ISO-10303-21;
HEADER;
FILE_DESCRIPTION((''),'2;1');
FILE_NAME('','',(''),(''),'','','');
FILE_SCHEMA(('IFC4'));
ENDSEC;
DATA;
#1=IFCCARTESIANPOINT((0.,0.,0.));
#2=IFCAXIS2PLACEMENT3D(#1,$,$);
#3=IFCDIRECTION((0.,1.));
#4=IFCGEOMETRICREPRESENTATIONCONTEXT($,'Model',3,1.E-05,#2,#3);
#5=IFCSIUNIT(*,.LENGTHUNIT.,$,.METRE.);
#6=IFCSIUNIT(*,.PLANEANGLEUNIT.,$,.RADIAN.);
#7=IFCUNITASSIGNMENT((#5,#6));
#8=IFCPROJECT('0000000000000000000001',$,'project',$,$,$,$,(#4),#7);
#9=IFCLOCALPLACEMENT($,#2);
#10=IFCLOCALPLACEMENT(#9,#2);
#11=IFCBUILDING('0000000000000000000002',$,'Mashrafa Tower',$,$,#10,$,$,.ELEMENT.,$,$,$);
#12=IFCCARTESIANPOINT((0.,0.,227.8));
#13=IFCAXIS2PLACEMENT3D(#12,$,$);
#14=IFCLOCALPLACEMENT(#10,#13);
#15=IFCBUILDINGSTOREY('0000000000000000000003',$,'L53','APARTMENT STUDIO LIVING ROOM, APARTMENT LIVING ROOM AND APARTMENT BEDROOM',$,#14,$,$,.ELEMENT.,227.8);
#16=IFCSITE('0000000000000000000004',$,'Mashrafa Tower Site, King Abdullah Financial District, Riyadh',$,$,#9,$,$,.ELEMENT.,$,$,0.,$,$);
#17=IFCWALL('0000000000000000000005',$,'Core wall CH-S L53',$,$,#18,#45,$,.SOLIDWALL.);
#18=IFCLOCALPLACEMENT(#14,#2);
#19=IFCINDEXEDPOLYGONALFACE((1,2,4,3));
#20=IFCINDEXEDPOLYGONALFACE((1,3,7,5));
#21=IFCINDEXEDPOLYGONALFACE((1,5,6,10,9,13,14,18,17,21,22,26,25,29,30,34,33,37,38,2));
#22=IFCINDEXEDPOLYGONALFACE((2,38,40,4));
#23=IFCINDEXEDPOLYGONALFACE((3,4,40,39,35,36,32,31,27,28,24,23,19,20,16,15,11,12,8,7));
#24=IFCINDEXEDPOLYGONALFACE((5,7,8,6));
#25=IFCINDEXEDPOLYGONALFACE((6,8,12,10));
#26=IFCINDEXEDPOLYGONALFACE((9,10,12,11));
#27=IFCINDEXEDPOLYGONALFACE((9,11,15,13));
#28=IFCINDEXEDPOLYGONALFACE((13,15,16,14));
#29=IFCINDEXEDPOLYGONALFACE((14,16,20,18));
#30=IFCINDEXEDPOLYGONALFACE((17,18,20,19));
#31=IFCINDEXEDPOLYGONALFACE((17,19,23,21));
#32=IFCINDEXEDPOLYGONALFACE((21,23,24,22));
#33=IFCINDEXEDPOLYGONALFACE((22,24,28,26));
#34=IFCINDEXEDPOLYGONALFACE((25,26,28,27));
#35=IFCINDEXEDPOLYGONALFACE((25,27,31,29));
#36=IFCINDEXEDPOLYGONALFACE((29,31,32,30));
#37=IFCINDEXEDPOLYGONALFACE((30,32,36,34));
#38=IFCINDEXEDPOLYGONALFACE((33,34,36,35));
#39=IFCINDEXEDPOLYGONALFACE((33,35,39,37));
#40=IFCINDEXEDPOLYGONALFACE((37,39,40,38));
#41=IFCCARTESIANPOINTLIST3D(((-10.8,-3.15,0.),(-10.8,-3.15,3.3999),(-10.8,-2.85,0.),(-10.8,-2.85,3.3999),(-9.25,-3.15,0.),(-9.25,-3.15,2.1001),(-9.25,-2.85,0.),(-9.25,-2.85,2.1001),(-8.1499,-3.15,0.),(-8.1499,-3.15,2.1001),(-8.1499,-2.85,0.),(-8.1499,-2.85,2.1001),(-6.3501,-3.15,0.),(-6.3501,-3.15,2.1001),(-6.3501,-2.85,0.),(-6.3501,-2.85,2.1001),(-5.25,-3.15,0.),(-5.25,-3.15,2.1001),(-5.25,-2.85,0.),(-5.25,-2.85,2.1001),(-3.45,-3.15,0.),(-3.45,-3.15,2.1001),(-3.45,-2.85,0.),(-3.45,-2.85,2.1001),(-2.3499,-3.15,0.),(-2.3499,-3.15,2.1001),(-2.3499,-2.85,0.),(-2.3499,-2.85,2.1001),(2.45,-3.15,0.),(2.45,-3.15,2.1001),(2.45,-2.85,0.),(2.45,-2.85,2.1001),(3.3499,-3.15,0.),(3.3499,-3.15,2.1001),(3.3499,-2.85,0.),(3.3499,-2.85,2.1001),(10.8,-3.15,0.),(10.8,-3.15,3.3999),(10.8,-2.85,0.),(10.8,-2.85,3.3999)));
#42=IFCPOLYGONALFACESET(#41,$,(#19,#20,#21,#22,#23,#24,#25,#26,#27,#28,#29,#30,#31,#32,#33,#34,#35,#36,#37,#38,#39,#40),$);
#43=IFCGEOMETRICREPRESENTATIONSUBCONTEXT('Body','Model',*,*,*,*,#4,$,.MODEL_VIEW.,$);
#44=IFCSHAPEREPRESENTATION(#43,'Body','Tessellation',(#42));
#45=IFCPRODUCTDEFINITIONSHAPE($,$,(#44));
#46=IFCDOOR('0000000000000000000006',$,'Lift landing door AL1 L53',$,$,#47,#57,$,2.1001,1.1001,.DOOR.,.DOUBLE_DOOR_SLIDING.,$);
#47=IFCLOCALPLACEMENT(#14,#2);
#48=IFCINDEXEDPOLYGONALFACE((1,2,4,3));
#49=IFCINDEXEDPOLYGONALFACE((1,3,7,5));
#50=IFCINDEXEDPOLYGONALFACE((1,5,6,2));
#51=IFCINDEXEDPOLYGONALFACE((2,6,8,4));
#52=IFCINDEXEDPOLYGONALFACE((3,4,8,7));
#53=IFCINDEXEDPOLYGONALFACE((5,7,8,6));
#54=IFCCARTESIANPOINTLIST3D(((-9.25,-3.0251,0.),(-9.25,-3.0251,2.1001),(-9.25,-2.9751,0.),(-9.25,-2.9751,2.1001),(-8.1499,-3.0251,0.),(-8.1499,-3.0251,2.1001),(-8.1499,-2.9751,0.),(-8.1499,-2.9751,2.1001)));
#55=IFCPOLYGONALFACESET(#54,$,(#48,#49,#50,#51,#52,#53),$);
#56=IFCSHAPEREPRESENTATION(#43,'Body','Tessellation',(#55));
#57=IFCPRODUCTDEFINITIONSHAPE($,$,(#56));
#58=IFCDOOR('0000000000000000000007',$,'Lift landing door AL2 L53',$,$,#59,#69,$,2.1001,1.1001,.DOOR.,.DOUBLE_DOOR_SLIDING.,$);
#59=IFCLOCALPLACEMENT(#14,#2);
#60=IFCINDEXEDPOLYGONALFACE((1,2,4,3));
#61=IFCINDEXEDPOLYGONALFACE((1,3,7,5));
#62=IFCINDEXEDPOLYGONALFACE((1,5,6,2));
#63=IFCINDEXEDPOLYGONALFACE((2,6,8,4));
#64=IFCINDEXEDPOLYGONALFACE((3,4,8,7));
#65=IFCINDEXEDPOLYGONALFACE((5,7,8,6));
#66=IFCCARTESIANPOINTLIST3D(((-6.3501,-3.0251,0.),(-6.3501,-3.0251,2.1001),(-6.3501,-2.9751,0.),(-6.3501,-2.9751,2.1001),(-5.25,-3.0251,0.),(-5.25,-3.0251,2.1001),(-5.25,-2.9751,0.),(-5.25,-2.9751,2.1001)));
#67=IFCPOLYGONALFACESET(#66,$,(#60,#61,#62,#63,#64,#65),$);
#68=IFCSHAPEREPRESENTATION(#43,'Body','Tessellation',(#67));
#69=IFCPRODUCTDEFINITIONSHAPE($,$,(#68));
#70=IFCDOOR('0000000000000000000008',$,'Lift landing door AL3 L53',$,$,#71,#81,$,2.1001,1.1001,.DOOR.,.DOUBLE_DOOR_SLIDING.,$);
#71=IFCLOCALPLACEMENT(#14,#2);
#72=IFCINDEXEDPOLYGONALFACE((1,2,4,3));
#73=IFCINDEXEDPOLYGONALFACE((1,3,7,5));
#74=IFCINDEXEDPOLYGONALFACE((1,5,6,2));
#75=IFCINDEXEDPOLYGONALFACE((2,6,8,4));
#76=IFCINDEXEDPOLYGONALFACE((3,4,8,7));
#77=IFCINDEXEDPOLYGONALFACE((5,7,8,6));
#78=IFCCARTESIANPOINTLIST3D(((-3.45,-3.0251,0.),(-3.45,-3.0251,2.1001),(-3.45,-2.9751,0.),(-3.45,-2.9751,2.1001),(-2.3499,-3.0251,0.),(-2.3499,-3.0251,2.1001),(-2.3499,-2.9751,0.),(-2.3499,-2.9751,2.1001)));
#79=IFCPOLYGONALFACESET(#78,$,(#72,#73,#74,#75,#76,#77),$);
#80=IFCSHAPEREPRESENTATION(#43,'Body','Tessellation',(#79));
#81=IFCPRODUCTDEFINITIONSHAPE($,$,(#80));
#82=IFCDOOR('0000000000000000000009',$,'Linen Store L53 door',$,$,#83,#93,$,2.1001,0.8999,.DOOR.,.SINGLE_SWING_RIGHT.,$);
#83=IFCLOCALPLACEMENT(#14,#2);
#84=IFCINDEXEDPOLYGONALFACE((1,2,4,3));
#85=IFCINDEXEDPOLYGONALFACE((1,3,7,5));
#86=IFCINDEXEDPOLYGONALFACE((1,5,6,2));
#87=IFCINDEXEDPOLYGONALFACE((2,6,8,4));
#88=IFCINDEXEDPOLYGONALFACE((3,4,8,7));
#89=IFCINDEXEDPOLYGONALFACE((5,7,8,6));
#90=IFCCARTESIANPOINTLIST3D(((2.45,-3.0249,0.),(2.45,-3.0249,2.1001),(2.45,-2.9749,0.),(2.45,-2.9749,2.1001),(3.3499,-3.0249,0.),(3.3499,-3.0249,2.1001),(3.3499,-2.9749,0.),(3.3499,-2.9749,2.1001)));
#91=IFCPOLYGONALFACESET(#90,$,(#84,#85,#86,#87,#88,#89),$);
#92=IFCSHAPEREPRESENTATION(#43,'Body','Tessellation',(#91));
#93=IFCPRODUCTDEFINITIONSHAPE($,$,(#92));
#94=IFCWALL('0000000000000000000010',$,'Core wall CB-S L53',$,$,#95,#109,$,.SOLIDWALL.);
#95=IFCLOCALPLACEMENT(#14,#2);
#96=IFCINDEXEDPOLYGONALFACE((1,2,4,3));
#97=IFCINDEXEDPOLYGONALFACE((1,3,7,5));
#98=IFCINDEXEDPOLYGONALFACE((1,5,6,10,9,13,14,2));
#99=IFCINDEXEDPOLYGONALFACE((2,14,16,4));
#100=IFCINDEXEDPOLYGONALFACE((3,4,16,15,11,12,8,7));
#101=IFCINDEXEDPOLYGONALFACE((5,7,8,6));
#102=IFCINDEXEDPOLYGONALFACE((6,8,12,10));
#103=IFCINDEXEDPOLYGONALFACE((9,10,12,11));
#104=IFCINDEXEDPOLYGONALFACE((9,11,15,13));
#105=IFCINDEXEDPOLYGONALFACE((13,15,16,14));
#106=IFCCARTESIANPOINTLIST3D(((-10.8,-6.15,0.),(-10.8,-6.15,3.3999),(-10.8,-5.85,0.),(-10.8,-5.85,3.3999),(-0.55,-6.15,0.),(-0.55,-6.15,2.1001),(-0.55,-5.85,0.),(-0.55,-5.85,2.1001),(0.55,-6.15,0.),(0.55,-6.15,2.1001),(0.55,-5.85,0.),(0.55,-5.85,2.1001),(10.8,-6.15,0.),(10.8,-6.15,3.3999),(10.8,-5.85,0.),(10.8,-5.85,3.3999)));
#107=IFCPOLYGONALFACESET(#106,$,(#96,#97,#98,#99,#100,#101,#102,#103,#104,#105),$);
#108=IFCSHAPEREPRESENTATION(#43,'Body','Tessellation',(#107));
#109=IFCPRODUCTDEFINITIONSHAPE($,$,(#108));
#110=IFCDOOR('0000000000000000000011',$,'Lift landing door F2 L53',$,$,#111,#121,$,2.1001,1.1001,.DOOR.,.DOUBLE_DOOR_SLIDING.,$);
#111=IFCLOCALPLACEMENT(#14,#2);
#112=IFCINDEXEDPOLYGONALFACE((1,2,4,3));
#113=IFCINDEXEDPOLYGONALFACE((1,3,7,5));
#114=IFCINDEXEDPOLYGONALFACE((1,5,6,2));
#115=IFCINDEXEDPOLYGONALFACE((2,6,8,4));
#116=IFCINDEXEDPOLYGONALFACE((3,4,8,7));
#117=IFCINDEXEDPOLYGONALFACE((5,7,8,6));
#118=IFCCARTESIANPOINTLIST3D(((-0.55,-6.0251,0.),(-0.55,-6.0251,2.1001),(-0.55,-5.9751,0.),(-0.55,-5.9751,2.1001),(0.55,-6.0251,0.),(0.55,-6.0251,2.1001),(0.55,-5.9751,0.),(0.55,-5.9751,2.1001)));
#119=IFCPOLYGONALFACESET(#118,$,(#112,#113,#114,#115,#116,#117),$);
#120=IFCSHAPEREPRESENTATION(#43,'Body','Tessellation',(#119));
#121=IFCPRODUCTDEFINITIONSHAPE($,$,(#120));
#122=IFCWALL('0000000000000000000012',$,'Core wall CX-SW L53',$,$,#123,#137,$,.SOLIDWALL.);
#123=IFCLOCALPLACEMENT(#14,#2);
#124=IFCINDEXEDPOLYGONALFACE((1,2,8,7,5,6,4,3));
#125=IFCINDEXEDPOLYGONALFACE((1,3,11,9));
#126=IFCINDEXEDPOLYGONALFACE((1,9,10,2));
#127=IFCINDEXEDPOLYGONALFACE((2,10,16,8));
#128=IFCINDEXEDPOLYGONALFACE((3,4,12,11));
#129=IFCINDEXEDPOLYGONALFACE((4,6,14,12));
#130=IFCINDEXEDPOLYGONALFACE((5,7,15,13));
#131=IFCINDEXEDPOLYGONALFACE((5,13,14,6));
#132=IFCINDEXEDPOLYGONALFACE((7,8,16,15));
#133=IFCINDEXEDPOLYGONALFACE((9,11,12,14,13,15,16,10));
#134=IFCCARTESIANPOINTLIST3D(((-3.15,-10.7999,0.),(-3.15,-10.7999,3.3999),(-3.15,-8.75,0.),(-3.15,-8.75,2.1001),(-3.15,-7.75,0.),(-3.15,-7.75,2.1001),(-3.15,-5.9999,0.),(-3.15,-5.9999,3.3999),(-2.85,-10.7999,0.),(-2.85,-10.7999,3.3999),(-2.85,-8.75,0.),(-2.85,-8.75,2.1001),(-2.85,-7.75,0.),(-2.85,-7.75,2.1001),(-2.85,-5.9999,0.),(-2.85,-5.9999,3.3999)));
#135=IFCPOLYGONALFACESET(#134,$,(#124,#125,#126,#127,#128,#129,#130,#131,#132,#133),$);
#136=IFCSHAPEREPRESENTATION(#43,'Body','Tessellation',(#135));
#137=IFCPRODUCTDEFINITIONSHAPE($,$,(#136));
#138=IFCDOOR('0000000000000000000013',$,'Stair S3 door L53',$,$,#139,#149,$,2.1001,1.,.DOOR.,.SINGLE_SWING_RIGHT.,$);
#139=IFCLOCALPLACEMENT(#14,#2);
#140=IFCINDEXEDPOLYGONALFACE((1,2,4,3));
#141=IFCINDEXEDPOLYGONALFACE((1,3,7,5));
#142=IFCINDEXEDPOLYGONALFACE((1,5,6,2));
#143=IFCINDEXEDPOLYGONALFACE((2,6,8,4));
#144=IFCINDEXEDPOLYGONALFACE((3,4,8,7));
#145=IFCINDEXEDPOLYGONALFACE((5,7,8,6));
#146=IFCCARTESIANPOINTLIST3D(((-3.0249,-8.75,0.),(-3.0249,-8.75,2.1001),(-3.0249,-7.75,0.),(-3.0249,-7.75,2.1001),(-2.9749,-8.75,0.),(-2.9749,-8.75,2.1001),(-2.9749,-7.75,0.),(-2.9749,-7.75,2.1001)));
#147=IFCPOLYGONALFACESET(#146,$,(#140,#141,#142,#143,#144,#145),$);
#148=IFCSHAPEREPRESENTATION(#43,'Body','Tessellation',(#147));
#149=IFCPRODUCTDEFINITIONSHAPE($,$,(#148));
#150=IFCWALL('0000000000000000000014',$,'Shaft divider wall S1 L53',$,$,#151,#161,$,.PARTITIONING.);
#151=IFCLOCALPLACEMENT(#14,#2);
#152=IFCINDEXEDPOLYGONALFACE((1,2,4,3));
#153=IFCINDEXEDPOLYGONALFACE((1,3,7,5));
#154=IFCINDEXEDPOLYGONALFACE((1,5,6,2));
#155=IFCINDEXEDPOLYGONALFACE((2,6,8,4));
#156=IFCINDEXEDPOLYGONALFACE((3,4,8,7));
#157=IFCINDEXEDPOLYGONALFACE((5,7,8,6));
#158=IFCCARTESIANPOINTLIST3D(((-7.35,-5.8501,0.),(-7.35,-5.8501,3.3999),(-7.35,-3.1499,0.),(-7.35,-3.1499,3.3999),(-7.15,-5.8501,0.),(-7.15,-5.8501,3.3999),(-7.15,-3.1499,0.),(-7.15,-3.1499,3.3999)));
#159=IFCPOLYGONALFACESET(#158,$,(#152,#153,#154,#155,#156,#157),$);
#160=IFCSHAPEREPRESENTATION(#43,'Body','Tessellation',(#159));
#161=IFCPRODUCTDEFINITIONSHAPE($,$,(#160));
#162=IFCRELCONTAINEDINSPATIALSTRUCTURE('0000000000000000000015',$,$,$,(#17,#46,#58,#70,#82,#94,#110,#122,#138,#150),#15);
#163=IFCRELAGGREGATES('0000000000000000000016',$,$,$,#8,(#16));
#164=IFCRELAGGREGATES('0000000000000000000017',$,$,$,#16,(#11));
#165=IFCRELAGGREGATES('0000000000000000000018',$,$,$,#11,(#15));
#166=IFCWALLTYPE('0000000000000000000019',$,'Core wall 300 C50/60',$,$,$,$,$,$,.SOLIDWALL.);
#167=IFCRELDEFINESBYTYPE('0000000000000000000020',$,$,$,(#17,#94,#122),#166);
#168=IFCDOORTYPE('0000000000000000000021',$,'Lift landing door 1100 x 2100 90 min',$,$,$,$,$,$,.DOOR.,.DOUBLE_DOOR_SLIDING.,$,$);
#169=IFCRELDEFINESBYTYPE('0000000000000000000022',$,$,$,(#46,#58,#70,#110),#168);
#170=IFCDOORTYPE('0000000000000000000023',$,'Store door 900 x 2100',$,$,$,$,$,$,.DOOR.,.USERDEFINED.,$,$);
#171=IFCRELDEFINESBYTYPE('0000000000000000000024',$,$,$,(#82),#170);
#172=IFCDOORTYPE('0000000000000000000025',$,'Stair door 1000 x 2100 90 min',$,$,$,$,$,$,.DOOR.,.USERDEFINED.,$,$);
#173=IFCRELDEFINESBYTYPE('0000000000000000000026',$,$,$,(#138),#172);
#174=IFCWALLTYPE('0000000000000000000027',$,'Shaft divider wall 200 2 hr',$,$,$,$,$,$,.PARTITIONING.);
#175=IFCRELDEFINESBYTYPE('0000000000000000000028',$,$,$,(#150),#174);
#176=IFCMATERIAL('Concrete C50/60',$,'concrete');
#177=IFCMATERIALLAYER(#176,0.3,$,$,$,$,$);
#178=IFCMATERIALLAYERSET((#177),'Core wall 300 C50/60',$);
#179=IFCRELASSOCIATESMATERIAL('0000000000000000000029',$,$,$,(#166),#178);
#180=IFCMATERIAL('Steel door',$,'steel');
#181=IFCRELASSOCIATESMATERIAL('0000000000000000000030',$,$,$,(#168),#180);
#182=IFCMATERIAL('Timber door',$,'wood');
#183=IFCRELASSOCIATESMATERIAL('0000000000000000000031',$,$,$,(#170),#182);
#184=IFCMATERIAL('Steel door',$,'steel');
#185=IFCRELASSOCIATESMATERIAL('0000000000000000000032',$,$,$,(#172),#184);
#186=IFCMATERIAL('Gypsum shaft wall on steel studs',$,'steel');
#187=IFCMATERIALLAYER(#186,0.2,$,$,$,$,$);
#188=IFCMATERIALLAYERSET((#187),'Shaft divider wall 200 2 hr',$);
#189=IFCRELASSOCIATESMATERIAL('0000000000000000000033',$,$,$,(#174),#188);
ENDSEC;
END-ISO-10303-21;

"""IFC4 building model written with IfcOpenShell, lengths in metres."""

from ifc_helpers import new_model, si_unit, direction, frame, frame_2d, origin, place, context, subcontext, project, spatial, rectangle, extrude, material, layer, layer_set, type_object, element, fill, save


model = new_model("IFC4")

# Units and contexts
model_context = context("Model", 3, precision=1e-05, world=origin(), true_north=direction((0.0, 1.0)))
body_context = subcontext(model_context, "Body", "Model", "MODEL_VIEW")
ifc_project = project(units=[si_unit("LENGTHUNIT", "METRE"), si_unit("PLANEANGLEUNIT", "RADIAN")], contexts=[model_context])

# Site, building, storey
site_placement = place(None, origin())
site = spatial("IfcSite", under=ifc_project, at=site_placement, Name="Mashrafa Tower Site, King Abdullah Financial District, Riyadh", CompositionType="ELEMENT", RefElevation=0.0)
building_placement = place(site_placement, origin())
building = spatial("IfcBuilding", under=site, at=building_placement, Name="Mashrafa Tower", CompositionType="ELEMENT")
storey_placement = place(building_placement, frame((0.0, 0.0, 227.8)))
storey = spatial("IfcBuildingStorey", under=building, at=storey_placement, Name="L53", Description="APARTMENT STUDIO LIVING ROOM, APARTMENT LIVING ROOM AND APARTMENT BEDROOM", CompositionType="ELEMENT", Elevation=227.8)

# Wall, openings, doors
ifc_material_1 = material(Name="Concrete C50/60", Category="concrete")
ifc_layer_1 = layer(ifc_material_1, 0.3)
ifc_layer_set_1 = layer_set([ifc_layer_1], Name="Core wall 300 C50/60")
wall_type_1 = type_object("IfcWallType", Name="Core wall 300 C50/60", PredefinedType="SOLIDWALL", material=ifc_layer_set_1)
wall_1_placement = place(storey_placement, frame((-10.8, -3.0, 0.0), z_axis=(0.0, 0.0, 1.0), x_axis=(1.0, 0.0, 0.0)))
wall_1 = element("IfcWall", 1, at=wall_1_placement, inside=storey, type_object=wall_type_1, Name="Core wall CH-S L53", PredefinedType="SOLIDWALL", context=body_context, shape_type="SweptSolid", body=[
    extrude(rectangle(XDim=21.6001, YDim=0.3, at=frame_2d((10.8, 0.0))), origin(), (0.0, 0.0, 1.0), 3.3999),
])
opening_1_placement = place(wall_1_placement, frame((13.25, 0.0, 0.0)))
opening_1 = element("IfcOpeningElement", 2, at=opening_1_placement, cuts=wall_1, PredefinedType="OPENING", context=body_context, shape_type="SweptSolid", body=[
    extrude(rectangle(XDim=0.8999, YDim=2.1001, at=frame_2d((0.45, 1.05))), frame((0.0, 0.1599, 0.0), z_axis=(0.0, -1.0, 0.0), x_axis=(1.0, 0.0, 0.0)), (0.0, 0.0, 1.0), 0.3201),
])
opening_2_placement = place(wall_1_placement, frame((1.55, 0.0, 0.0)))
opening_2 = element("IfcOpeningElement", 3, at=opening_2_placement, cuts=wall_1, PredefinedType="OPENING", context=body_context, shape_type="SweptSolid", body=[
    extrude(rectangle(XDim=1.1001, YDim=2.1001, at=frame_2d((0.55, 1.05))), frame((0.0, 0.1599, 0.0), z_axis=(0.0, -1.0, 0.0), x_axis=(1.0, 0.0, 0.0)), (0.0, 0.0, 1.0), 0.3201),
])
opening_3_placement = place(wall_1_placement, frame((4.45, 0.0, 0.0)))
opening_3 = element("IfcOpeningElement", 4, at=opening_3_placement, cuts=wall_1, PredefinedType="OPENING", context=body_context, shape_type="SweptSolid", body=[
    extrude(rectangle(XDim=1.1001, YDim=2.1001, at=frame_2d((0.55, 1.05))), frame((0.0, 0.1599, 0.0), z_axis=(0.0, -1.0, 0.0), x_axis=(1.0, 0.0, 0.0)), (0.0, 0.0, 1.0), 0.3201),
])
opening_4_placement = place(wall_1_placement, frame((7.3501, 0.0, 0.0)))
opening_4 = element("IfcOpeningElement", 5, at=opening_4_placement, cuts=wall_1, PredefinedType="OPENING", context=body_context, shape_type="SweptSolid", body=[
    extrude(rectangle(XDim=1.1001, YDim=2.1001, at=frame_2d((0.55, 1.05))), frame((0.0, 0.1599, 0.0), z_axis=(0.0, -1.0, 0.0), x_axis=(1.0, 0.0, 0.0)), (0.0, 0.0, 1.0), 0.3201),
])
ifc_material_2 = material(Name="Steel door", Category="steel")
door_type_1 = type_object("IfcDoorType", Name="Lift landing door 1100 x 2100 90 min", OperationType="DOUBLE_DOOR_SLIDING", PredefinedType="DOOR", material=ifc_material_2)
door_1_placement = place(opening_2_placement, origin())
door_1 = element("IfcDoor", 6, at=door_1_placement, inside=storey, type_object=door_type_1, Name="Lift landing door AL1 L53", OperationType="DOUBLE_DOOR_SLIDING", OverallHeight=2.1001, OverallWidth=1.1001, PredefinedType="DOOR", context=body_context, shape_type="SweptSolid", body=[
    extrude(rectangle(XDim=1.1001, YDim=2.1001, at=frame_2d((0.55, 1.05))), frame((0.0, 0.0249, 0.0), z_axis=(0.0, -1.0, 0.0), x_axis=(1.0, 0.0, 0.0)), (0.0, 0.0, 1.0), 0.05),
])
fill(opening_2, door_1)
door_2_placement = place(opening_3_placement, origin())
door_2 = element("IfcDoor", 7, at=door_2_placement, inside=storey, type_object=door_type_1, Name="Lift landing door AL2 L53", OperationType="DOUBLE_DOOR_SLIDING", OverallHeight=2.1001, OverallWidth=1.1001, PredefinedType="DOOR", context=body_context, shape_type="SweptSolid", body=[
    extrude(rectangle(XDim=1.1001, YDim=2.1001, at=frame_2d((0.55, 1.05))), frame((0.0, 0.0249, 0.0), z_axis=(0.0, -1.0, 0.0), x_axis=(1.0, 0.0, 0.0)), (0.0, 0.0, 1.0), 0.05),
])
fill(opening_3, door_2)
door_3_placement = place(opening_4_placement, origin())
door_3 = element("IfcDoor", 8, at=door_3_placement, inside=storey, type_object=door_type_1, Name="Lift landing door AL3 L53", OperationType="DOUBLE_DOOR_SLIDING", OverallHeight=2.1001, OverallWidth=1.1001, PredefinedType="DOOR", context=body_context, shape_type="SweptSolid", body=[
    extrude(rectangle(XDim=1.1001, YDim=2.1001, at=frame_2d((0.55, 1.05))), frame((0.0, 0.0249, 0.0), z_axis=(0.0, -1.0, 0.0), x_axis=(1.0, 0.0, 0.0)), (0.0, 0.0, 1.0), 0.05),
])
fill(opening_4, door_3)
ifc_material_3 = material(Name="Timber door", Category="wood")
door_type_2 = type_object("IfcDoorType", Name="Store door 900 x 2100", OperationType="USERDEFINED", PredefinedType="DOOR", material=ifc_material_3)
door_4_placement = place(opening_1_placement, frame((0.8999, 0.0, 0.0), z_axis=(0.0, 0.0, 1.0), x_axis=(-1.0, 0.0, 0.0)))
door_4 = element("IfcDoor", 9, at=door_4_placement, inside=storey, type_object=door_type_2, Name="Linen Store L53 door", OperationType="SINGLE_SWING_RIGHT", OverallHeight=2.1001, OverallWidth=0.8999, PredefinedType="DOOR", context=body_context, shape_type="SweptSolid", body=[
    extrude(rectangle(XDim=0.8999, YDim=2.1001, at=frame_2d((0.45, 1.05))), frame((0.0, 0.0249, 0.0), z_axis=(0.0, -1.0, 0.0), x_axis=(1.0, 0.0, 0.0)), (0.0, 0.0, 1.0), 0.05),
])
fill(opening_1, door_4)

# Walls, openings, doors
wall_2_placement = place(storey_placement, frame((-10.8, -6.0, 0.0), z_axis=(0.0, 0.0, 1.0), x_axis=(1.0, 0.0, 0.0)))
wall_2 = element("IfcWall", 10, at=wall_2_placement, inside=storey, type_object=wall_type_1, Name="Core wall CB-S L53", PredefinedType="SOLIDWALL", context=body_context, shape_type="SweptSolid", body=[
    extrude(rectangle(XDim=21.6001, YDim=0.3, at=frame_2d((10.8, 0.0))), origin(), (0.0, 0.0, 1.0), 3.3999),
])
opening_5_placement = place(wall_2_placement, frame((10.25, 0.0, 0.0)))
opening_5 = element("IfcOpeningElement", 11, at=opening_5_placement, cuts=wall_2, PredefinedType="OPENING", context=body_context, shape_type="SweptSolid", body=[
    extrude(rectangle(XDim=1.1001, YDim=2.1001, at=frame_2d((0.55, 1.05))), frame((0.0, 0.1599, 0.0), z_axis=(0.0, -1.0, 0.0), x_axis=(1.0, 0.0, 0.0)), (0.0, 0.0, 1.0), 0.3201),
])
door_5_placement = place(opening_5_placement, origin())
door_5 = element("IfcDoor", 12, at=door_5_placement, inside=storey, type_object=door_type_1, Name="Lift landing door F2 L53", OperationType="DOUBLE_DOOR_SLIDING", OverallHeight=2.1001, OverallWidth=1.1001, PredefinedType="DOOR", context=body_context, shape_type="SweptSolid", body=[
    extrude(rectangle(XDim=1.1001, YDim=2.1001, at=frame_2d((0.55, 1.05))), frame((0.0, 0.0249, 0.0), z_axis=(0.0, -1.0, 0.0), x_axis=(1.0, 0.0, 0.0)), (0.0, 0.0, 1.0), 0.05),
])
fill(opening_5, door_5)
wall_3_placement = place(storey_placement, frame((-3.0, -6.0, 0.0), z_axis=(0.0, 0.0, 1.0), x_axis=(0.0, -1.0, 0.0)))
wall_3 = element("IfcWall", 13, at=wall_3_placement, inside=storey, type_object=wall_type_1, Name="Core wall CX-SW L53", PredefinedType="SOLIDWALL", context=body_context, shape_type="SweptSolid", body=[
    extrude(rectangle(XDim=4.8, YDim=0.3, at=frame_2d((2.3999, 0.0))), origin(), (0.0, 0.0, 1.0), 3.3999),
])
opening_6_placement = place(wall_3_placement, frame((1.75, 0.0, 0.0)))
opening_6 = element("IfcOpeningElement", 14, at=opening_6_placement, cuts=wall_3, PredefinedType="OPENING", context=body_context, shape_type="SweptSolid", body=[
    extrude(rectangle(XDim=1.0, YDim=2.1001, at=frame_2d((0.5, 1.05))), frame((0.0, 0.1599, 0.0), z_axis=(0.0, -1.0, 0.0), x_axis=(1.0, 0.0, 0.0)), (0.0, 0.0, 1.0), 0.3201),
])
ifc_material_4 = material(Name="Steel door", Category="steel")
door_type_3 = type_object("IfcDoorType", Name="Stair door 1000 x 2100 90 min", OperationType="USERDEFINED", PredefinedType="DOOR", material=ifc_material_4)
door_6_placement = place(opening_6_placement, frame((1.0, 0.0, 0.0), z_axis=(0.0, 0.0, 1.0), x_axis=(-1.0, 0.0, 0.0)))
door_6 = element("IfcDoor", 15, at=door_6_placement, inside=storey, type_object=door_type_3, Name="Stair S3 door L53", OperationType="SINGLE_SWING_RIGHT", OverallHeight=2.1001, OverallWidth=1.0, PredefinedType="DOOR", context=body_context, shape_type="SweptSolid", body=[
    extrude(rectangle(XDim=1.0, YDim=2.1001, at=frame_2d((0.5, 1.05))), frame((0.0, 0.0249, 0.0), z_axis=(0.0, -1.0, 0.0), x_axis=(1.0, 0.0, 0.0)), (0.0, 0.0, 1.0), 0.05),
])
fill(opening_6, door_6)

# Wall
ifc_material_5 = material(Name="Gypsum shaft wall on steel studs", Category="steel")
ifc_layer_2 = layer(ifc_material_5, 0.2)
ifc_layer_set_2 = layer_set([ifc_layer_2], Name="Shaft divider wall 200 2 hr")
wall_type_2 = type_object("IfcWallType", Name="Shaft divider wall 200 2 hr", PredefinedType="PARTITIONING", material=ifc_layer_set_2)
for number, where, z_axis, x_axis, name in (
    (16, (-7.25, -5.8501, 0.0), (0.0, 0.0, 1.0), (0.0, 1.0, 0.0), "Shaft divider wall S1 L53"),
):
    element("IfcWall", number, at=place(storey_placement, frame(where, z_axis=z_axis, x_axis=x_axis)), inside=storey, type_object=wall_type_2, Name=name, PredefinedType="PARTITIONING", context=body_context, shape_type="SweptSolid", body=[
        extrude(rectangle(XDim=2.7002, YDim=0.2, at=frame_2d((1.3501, 0.0))), origin(), (0.0, 0.0, 1.0), 3.3999),
    ])

save(model, "model.ifc")
